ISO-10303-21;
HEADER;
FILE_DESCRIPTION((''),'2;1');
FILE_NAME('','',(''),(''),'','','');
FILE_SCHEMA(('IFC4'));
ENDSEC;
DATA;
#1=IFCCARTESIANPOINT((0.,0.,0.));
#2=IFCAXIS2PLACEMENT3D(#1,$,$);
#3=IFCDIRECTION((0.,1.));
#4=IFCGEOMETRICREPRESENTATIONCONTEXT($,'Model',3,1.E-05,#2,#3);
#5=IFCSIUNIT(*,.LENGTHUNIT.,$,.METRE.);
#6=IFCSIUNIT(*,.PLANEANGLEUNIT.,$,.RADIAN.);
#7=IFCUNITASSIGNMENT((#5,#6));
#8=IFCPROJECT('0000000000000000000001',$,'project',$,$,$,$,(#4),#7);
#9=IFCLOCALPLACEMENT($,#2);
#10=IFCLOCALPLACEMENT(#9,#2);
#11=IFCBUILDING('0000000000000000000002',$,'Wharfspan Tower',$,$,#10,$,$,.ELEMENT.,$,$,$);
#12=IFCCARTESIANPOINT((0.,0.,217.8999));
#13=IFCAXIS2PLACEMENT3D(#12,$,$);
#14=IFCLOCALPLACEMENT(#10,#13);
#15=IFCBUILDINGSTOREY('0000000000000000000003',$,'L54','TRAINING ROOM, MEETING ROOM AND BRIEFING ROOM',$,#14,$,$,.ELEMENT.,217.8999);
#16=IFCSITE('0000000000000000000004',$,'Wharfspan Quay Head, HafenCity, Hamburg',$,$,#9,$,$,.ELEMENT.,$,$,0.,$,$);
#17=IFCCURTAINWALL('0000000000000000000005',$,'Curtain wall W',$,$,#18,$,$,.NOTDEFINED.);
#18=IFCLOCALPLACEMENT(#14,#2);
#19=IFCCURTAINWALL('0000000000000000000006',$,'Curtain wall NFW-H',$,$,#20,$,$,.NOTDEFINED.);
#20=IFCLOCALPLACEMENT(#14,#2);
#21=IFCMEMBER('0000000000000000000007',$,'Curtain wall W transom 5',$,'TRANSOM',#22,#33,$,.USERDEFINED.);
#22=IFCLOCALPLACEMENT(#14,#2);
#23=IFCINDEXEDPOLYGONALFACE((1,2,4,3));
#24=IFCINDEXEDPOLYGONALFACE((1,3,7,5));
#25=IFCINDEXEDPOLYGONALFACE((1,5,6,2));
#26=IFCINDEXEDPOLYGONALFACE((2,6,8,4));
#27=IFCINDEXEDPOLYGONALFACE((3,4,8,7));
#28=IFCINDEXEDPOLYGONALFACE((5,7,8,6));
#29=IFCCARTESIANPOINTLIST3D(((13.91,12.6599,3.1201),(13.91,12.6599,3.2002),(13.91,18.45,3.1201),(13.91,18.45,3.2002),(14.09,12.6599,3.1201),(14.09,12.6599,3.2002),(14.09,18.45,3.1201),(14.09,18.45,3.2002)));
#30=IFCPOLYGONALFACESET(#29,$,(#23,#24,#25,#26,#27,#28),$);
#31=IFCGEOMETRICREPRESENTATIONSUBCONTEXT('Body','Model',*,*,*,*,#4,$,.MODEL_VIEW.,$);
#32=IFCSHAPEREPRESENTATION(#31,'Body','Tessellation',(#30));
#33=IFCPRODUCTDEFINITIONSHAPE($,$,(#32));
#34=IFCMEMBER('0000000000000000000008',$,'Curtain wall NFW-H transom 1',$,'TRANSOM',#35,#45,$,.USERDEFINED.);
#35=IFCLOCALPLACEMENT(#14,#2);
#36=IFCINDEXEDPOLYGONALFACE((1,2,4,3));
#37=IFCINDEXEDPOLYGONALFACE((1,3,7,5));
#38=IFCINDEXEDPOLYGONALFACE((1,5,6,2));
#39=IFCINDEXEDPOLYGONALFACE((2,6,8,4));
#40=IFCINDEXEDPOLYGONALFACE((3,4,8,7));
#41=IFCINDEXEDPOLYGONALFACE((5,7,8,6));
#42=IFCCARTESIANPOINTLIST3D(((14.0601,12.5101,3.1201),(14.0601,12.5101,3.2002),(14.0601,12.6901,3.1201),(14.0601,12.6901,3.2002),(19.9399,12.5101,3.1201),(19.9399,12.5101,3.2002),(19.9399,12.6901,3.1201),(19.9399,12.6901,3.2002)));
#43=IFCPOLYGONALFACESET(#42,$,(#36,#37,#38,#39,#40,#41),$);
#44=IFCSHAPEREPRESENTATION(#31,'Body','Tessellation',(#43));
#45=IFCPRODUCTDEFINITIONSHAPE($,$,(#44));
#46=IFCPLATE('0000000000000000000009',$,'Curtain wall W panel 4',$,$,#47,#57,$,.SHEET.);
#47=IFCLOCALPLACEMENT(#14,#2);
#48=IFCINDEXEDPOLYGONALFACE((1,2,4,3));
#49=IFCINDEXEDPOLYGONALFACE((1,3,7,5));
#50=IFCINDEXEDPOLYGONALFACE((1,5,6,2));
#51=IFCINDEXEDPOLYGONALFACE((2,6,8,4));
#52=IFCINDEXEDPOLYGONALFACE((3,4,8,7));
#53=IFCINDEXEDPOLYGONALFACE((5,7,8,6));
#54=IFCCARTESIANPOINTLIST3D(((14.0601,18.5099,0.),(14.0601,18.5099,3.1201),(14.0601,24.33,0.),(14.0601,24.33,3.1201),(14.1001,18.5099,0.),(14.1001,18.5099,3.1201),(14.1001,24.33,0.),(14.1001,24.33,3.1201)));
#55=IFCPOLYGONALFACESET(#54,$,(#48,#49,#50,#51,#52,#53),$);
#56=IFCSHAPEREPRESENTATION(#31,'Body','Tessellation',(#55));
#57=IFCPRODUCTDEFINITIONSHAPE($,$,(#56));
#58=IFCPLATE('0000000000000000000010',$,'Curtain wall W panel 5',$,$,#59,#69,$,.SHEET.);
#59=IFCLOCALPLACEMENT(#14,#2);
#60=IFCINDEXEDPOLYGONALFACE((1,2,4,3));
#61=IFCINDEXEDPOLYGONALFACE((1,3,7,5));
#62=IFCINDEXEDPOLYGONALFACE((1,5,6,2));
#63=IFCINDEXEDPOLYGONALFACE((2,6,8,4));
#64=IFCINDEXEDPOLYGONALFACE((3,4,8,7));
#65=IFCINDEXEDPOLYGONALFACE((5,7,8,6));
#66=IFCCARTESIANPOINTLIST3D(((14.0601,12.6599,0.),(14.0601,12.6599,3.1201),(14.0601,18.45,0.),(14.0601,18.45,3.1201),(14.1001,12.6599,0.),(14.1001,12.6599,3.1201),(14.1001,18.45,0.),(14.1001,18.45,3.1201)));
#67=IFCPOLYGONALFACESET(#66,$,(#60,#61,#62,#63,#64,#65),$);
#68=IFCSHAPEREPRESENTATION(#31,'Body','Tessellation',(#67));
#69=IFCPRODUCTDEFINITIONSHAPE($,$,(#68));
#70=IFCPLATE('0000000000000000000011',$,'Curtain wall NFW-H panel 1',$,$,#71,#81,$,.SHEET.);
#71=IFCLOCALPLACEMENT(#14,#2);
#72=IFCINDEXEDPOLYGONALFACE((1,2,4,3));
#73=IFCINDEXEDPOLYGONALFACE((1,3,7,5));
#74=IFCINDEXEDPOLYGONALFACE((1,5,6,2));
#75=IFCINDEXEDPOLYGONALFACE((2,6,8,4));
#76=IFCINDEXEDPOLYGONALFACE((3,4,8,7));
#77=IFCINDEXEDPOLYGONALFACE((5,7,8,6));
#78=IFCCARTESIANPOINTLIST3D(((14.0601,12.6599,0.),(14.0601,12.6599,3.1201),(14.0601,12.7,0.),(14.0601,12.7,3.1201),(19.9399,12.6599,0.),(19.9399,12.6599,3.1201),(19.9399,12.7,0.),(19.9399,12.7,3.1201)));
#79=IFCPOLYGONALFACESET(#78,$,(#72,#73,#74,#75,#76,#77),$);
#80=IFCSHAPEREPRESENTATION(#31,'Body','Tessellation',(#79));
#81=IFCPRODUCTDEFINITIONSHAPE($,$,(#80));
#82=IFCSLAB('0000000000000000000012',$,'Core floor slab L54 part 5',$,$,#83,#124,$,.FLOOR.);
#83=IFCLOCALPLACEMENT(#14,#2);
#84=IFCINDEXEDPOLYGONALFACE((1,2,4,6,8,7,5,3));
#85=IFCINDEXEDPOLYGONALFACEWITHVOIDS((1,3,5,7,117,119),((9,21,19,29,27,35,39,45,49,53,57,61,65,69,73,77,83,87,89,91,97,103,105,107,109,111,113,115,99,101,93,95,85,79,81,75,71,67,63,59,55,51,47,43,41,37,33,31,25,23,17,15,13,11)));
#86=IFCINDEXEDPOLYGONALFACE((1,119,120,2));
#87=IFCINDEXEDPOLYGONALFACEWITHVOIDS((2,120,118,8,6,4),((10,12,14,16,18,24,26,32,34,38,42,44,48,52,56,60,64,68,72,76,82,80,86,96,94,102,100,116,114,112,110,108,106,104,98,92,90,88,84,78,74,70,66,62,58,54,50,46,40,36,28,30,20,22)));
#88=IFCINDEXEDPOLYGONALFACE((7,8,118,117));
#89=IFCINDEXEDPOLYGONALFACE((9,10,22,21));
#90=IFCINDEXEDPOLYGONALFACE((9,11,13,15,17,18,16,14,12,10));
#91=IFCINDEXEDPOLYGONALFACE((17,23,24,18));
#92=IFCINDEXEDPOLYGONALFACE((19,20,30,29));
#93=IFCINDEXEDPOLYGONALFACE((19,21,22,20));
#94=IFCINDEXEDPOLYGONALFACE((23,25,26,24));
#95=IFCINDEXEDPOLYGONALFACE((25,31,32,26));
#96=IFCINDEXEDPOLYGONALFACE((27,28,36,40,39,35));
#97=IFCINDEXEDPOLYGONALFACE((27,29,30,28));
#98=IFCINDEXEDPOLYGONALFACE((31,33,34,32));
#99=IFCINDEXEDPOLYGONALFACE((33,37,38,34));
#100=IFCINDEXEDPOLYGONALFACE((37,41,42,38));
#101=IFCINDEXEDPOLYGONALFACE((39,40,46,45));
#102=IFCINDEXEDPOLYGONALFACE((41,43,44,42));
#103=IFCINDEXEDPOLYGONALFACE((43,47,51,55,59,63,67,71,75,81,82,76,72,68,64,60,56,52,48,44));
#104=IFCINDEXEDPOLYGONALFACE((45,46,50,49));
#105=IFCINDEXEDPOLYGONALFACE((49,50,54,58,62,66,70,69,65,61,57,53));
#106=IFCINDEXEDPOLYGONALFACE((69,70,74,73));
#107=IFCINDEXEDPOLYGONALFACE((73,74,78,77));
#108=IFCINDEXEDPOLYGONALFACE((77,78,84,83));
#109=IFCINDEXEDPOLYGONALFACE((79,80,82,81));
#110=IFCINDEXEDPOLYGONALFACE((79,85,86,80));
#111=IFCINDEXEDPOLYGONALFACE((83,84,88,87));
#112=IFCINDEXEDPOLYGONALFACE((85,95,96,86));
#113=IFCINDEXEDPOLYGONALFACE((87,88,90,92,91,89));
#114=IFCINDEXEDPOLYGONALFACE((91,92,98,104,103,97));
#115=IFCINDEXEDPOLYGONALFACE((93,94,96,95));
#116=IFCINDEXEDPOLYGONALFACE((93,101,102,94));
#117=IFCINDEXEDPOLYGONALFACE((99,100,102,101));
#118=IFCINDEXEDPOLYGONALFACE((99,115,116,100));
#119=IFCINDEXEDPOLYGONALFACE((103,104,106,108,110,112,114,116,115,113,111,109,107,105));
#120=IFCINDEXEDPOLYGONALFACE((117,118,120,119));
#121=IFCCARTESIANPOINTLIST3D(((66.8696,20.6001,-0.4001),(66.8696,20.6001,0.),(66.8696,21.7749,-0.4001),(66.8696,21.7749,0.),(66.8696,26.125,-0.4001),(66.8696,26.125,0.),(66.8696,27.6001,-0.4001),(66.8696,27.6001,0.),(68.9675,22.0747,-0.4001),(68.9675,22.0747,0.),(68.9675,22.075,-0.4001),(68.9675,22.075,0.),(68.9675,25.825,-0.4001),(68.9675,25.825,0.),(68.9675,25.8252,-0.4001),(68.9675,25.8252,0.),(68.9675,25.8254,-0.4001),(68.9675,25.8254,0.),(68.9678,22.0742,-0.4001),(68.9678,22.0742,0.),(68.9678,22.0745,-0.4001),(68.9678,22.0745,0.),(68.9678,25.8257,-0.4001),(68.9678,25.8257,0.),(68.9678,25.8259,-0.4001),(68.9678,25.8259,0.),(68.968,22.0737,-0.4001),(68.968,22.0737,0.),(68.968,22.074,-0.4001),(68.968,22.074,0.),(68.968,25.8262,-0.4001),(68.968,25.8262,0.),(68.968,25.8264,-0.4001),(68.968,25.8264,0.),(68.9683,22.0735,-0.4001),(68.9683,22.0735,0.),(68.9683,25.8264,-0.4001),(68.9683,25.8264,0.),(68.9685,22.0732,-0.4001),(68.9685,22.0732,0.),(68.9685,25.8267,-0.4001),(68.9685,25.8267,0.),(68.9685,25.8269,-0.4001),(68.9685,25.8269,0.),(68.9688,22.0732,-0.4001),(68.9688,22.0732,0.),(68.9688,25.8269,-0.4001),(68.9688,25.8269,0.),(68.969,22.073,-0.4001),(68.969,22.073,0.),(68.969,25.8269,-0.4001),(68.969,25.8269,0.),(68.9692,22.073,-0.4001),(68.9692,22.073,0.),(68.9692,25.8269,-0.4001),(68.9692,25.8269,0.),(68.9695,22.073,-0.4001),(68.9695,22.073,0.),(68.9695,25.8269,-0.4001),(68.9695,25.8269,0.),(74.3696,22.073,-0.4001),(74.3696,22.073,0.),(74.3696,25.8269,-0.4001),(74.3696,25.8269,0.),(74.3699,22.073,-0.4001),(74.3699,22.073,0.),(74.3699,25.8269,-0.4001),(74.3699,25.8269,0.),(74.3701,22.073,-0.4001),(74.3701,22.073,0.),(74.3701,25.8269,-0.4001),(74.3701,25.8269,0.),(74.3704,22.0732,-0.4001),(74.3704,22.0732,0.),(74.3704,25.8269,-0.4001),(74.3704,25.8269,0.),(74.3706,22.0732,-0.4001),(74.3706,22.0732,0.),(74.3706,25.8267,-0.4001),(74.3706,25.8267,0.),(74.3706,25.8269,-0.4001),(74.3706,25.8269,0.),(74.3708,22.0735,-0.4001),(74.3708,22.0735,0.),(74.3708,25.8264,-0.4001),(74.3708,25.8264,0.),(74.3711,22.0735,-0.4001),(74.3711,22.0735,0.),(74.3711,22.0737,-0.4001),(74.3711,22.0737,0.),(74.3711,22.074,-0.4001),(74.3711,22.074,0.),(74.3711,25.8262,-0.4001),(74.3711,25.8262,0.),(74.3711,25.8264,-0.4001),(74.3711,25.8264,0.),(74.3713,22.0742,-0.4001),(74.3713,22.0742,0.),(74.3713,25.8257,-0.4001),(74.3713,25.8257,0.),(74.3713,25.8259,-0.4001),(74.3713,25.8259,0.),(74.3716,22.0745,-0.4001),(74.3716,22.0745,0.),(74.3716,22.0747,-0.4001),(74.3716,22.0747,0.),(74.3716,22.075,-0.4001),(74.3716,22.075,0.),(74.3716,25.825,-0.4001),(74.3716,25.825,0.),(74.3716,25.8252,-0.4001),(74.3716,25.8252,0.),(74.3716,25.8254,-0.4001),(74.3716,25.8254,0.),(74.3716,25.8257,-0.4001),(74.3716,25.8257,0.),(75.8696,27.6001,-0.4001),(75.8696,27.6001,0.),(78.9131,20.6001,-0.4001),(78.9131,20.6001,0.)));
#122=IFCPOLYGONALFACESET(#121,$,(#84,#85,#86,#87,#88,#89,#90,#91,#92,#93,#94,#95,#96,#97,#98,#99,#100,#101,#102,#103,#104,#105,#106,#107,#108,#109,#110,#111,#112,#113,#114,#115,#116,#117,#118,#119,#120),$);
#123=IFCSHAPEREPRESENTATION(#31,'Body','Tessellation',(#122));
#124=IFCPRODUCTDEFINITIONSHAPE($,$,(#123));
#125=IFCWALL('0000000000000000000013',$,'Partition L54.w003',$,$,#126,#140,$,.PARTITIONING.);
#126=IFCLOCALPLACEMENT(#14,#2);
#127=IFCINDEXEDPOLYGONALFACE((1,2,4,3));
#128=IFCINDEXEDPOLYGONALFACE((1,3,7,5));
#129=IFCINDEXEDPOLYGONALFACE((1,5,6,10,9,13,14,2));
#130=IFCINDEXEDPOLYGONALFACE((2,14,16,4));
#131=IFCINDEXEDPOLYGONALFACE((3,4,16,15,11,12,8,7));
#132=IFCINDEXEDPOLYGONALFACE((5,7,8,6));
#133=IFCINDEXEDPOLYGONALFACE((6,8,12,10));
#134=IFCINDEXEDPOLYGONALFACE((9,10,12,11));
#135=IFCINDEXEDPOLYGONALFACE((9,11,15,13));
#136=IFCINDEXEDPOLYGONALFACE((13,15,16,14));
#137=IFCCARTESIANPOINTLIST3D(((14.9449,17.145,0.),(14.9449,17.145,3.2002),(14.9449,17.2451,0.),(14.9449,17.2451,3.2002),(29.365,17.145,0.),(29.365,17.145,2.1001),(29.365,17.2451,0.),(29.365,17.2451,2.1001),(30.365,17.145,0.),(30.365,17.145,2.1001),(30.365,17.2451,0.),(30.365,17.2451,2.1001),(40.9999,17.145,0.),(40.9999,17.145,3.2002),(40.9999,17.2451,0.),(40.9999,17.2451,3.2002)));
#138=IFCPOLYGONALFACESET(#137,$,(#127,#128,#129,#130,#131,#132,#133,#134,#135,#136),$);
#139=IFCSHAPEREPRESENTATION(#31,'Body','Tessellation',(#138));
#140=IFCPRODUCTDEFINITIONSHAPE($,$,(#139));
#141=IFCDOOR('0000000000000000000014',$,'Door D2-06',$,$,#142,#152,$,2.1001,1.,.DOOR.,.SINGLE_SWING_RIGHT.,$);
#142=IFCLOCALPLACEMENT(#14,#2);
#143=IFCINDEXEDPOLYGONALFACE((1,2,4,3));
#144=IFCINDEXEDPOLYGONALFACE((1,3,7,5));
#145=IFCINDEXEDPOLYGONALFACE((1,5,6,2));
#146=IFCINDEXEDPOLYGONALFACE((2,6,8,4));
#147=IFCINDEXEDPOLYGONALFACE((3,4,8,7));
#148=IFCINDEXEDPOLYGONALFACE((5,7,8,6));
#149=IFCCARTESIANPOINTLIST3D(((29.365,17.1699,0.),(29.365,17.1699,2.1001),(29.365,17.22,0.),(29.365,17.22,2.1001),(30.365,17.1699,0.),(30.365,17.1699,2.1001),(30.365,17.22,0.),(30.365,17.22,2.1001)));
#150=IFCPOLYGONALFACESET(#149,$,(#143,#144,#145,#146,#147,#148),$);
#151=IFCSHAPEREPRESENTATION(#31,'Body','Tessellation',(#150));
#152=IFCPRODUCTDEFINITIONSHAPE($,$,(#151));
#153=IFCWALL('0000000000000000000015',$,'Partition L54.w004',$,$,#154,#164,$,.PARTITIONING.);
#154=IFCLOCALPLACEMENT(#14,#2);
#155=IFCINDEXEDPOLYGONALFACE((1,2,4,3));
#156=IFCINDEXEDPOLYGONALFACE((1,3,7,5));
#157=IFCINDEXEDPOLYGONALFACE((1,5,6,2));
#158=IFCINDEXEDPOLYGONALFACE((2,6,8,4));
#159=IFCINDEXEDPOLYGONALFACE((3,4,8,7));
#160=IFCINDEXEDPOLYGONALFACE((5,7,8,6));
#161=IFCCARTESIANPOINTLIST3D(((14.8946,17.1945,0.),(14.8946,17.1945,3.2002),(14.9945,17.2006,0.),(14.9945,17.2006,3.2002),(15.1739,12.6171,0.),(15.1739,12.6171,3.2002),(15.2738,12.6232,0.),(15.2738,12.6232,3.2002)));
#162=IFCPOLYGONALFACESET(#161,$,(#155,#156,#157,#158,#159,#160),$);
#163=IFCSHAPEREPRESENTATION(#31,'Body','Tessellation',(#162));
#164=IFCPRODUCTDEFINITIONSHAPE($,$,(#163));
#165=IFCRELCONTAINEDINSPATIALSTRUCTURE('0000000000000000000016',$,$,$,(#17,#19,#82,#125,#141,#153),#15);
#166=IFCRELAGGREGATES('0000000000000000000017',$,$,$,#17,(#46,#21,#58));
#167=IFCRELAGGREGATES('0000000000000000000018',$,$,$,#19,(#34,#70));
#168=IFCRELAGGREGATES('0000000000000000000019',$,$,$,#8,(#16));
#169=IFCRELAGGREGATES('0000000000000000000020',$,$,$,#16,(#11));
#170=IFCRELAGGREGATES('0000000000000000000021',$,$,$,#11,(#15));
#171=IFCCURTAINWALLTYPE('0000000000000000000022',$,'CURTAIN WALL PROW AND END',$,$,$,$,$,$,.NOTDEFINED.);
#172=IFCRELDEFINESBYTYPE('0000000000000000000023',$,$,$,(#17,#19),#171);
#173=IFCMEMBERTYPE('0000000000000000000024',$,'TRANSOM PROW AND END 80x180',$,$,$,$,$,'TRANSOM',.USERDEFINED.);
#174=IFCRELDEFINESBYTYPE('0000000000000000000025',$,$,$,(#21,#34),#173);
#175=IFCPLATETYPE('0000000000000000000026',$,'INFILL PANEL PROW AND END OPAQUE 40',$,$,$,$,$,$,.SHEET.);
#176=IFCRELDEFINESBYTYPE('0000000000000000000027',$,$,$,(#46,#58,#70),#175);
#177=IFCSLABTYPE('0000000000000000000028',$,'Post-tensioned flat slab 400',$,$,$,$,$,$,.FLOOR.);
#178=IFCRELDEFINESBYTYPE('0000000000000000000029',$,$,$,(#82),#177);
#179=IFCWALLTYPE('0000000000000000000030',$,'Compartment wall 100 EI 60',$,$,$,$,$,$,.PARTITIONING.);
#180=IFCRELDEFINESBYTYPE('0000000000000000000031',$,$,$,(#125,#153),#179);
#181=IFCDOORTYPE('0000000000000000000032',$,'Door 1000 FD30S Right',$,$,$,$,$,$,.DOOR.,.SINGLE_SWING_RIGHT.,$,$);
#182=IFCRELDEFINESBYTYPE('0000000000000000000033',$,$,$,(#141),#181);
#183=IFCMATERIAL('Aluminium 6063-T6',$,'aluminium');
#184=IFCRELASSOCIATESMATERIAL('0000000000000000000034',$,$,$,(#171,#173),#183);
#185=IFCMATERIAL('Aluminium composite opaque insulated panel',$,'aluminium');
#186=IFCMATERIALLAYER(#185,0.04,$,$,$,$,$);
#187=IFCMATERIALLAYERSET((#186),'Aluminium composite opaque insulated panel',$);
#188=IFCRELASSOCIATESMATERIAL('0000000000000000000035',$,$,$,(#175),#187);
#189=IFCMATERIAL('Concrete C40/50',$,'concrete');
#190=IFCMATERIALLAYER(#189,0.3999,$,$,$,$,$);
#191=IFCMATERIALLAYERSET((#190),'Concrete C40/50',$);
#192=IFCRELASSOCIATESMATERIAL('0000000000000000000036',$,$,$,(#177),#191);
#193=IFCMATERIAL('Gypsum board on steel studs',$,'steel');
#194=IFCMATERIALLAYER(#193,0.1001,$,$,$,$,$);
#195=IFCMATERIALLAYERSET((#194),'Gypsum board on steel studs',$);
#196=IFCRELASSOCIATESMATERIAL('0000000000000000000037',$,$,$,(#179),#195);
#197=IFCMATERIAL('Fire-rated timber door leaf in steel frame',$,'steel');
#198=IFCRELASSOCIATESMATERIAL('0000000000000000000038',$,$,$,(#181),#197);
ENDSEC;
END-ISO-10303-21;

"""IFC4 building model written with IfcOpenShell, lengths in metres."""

from ifc_helpers import new_model, si_unit, direction, frame, frame_2d, origin, origin_2d, place, context, subcontext, project, spatial, polyline, rectangle, outline, extrude, material, layer, layer_set, material_profile, profile_set, type_object, element, fill, aggregate, save


model = new_model("IFC4")

# Units and contexts
model_context = context("Model", 3, precision=1e-05, world=origin(), true_north=direction((0.0, 1.0)))
body_context = subcontext(model_context, "Body", "Model", "MODEL_VIEW")
ifc_project = project(units=[si_unit("LENGTHUNIT", "METRE"), si_unit("PLANEANGLEUNIT", "RADIAN")], contexts=[model_context])

# Site, building, storey
site_placement = place(None, origin())
site = spatial("IfcSite", under=ifc_project, at=site_placement, Name="Wharfspan Quay Head, HafenCity, Hamburg", CompositionType="ELEMENT", RefElevation=0.0)
building_placement = place(site_placement, origin())
building = spatial("IfcBuilding", under=site, at=building_placement, Name="Wharfspan Tower", CompositionType="ELEMENT")
storey_placement = place(building_placement, frame((0.0, 0.0, 217.8999)))
storey = spatial("IfcBuildingStorey", under=building, at=storey_placement, Name="L54", Description="TRAINING ROOM, MEETING ROOM AND BRIEFING ROOM", CompositionType="ELEMENT", Elevation=217.8999)

# Curtain walls
ifc_material_1 = material(Name="Aluminium 6063-T6", Category="aluminium")
curtain_wall_type = type_object("IfcCurtainWallType", Name="CURTAIN WALL PROW AND END", PredefinedType="NOTDEFINED", material=ifc_material_1)
curtain_wall_1_placement = place(storey_placement, origin())
curtain_wall_1 = element("IfcCurtainWall", 1, at=curtain_wall_1_placement, inside=storey, type_object=curtain_wall_type, Name="Curtain wall W", PredefinedType="NOTDEFINED")
curtain_wall_2_placement = place(storey_placement, origin())
curtain_wall_2 = element("IfcCurtainWall", 2, at=curtain_wall_2_placement, inside=storey, type_object=curtain_wall_type, Name="Curtain wall NFW-H", PredefinedType="NOTDEFINED")

# Members
ifc_material_profile_1 = material_profile(ifc_material_1, rectangle(XDim=0.1799, YDim=0.0801, at=origin_2d()))
ifc_profile_set_1 = profile_set([ifc_material_profile_1], Name="Aluminium 6063-T6")
member_type_1 = type_object("IfcMemberType", Name="TRANSOM PROW AND END 80x180", ElementType="TRANSOM", PredefinedType="USERDEFINED", material=ifc_profile_set_1)
member_1_placement = place(storey_placement, frame((14.0, 18.45, 3.1602), z_axis=(0.0, -1.0, 0.0), x_axis=(1.0, 0.0, 0.0)))
member_1 = element("IfcMember", 3, at=member_1_placement, type_object=member_type_1, Name="Curtain wall W transom 5", ObjectType="TRANSOM", PredefinedType="USERDEFINED", context=body_context, shape_type="SweptSolid", body=[
    extrude(rectangle(XDim=0.1799, YDim=0.0801, at=origin_2d()), origin(), (0.0, 0.0, 1.0), 5.79),
])
member_2_placement = place(storey_placement, frame((14.0601, 12.6001, 3.1602), z_axis=(1.0, 0.0, 0.0), x_axis=(0.0, 1.0, 0.0)))
member_2 = element("IfcMember", 4, at=member_2_placement, type_object=member_type_1, Name="Curtain wall NFW-H transom 1", ObjectType="TRANSOM", PredefinedType="USERDEFINED", context=body_context, shape_type="SweptSolid", body=[
    extrude(rectangle(XDim=0.1799, YDim=0.0801, at=origin_2d()), origin(), (0.0, 0.0, 1.0), 5.8799),
])

# Plates
ifc_material_2 = material(Name="Aluminium composite opaque insulated panel", Category="aluminium")
ifc_layer_1 = layer(ifc_material_2, 0.04)
ifc_layer_set_1 = layer_set([ifc_layer_1], Name="Aluminium composite opaque insulated panel")
plate_type = type_object("IfcPlateType", Name="INFILL PANEL PROW AND END OPAQUE 40", PredefinedType="SHEET", material=ifc_layer_set_1)
plate_1_placement = place(storey_placement, frame((14.0801, 21.4199, 0.0), z_axis=(0.0, 0.0, 1.0), x_axis=(0.0, -1.0, 0.0)))
plate_1 = element("IfcPlate", 5, at=plate_1_placement, type_object=plate_type, Name="Curtain wall W panel 4", PredefinedType="SHEET", context=body_context, shape_type="SweptSolid", body=[
    extrude(rectangle(XDim=5.8201, YDim=0.04, at=origin_2d()), origin(), (0.0, 0.0, 1.0), 3.1201),
])
plate_2_placement = place(storey_placement, frame((14.0801, 15.5549, 0.0), z_axis=(0.0, 0.0, 1.0), x_axis=(0.0, -1.0, 0.0)))
plate_2 = element("IfcPlate", 6, at=plate_2_placement, type_object=plate_type, Name="Curtain wall W panel 5", PredefinedType="SHEET", context=body_context, shape_type="SweptSolid", body=[
    extrude(rectangle(XDim=5.79, YDim=0.04, at=origin_2d()), origin(), (0.0, 0.0, 1.0), 3.1201),
])
aggregate(curtain_wall_1, [plate_1, member_1, plate_2])
plate_3_placement = place(storey_placement, frame((17.0, 12.6799, 0.0), z_axis=(0.0, 0.0, 1.0), x_axis=(1.0, 0.0, 0.0)))
plate_3 = element("IfcPlate", 7, at=plate_3_placement, type_object=plate_type, Name="Curtain wall NFW-H panel 1", PredefinedType="SHEET", context=body_context, shape_type="SweptSolid", body=[
    extrude(rectangle(XDim=5.8799, YDim=0.04, at=origin_2d()), origin(), (0.0, 0.0, 1.0), 3.1201),
])
aggregate(curtain_wall_2, [member_2, plate_3])

# Slab
ifc_material_3 = material(Name="Concrete C40/50", Category="concrete")
ifc_layer_2 = layer(ifc_material_3, 0.3999)
ifc_layer_set_2 = layer_set([ifc_layer_2], Name="Concrete C40/50")
slab_type = type_object("IfcSlabType", Name="Post-tensioned flat slab 400", PredefinedType="FLOOR", material=ifc_layer_set_2)
slab_placement = place(storey_placement, frame((0.0, 0.0, -0.4001)))
element("IfcSlab", 8, at=slab_placement, inside=storey, type_object=slab_type, Name="Core floor slab L54 part 5", PredefinedType="FLOOR", context=body_context, shape_type="SweptSolid", body=[
    extrude(outline(polyline([(75.8696, 27.6001), (66.8696, 27.6001), (66.8696, 26.125), (66.8696, 21.7749), (66.8696, 20.6001), (78.9131, 20.6001), (75.8696, 27.6001)]), holes=[polyline([(68.9675, 25.825), (68.9675, 25.8252), (68.9675, 25.8254), (68.9678, 25.8257), (68.9678, 25.8257), (68.9678, 25.8259), (68.968, 25.8262), (68.968, 25.8264), (68.9683, 25.8264), (68.9683, 25.8264), (68.9685, 25.8267), (68.9685, 25.8269), (68.9688, 25.8269), (68.969, 25.8269), (68.9692, 25.8269), (68.9695, 25.8269), (68.9695, 25.8269), (74.3696, 25.8269), (74.3699, 25.8269), (74.3701, 25.8269), (74.3701, 25.8269), (74.3704, 25.8269), (74.3706, 25.8269), (74.3706, 25.8267), (74.3709, 25.8264), (74.3711, 25.8264), (74.3711, 25.8264), (74.3711, 25.8262), (74.3713, 25.8259), (74.3713, 25.8257), (74.3716, 25.8257), (74.3716, 25.8254), (74.3716, 25.8252), (74.3716, 25.825), (74.3716, 22.075), (74.3716, 22.0747), (74.3716, 22.0747), (74.3716, 22.0745), (74.3713, 22.0742), (74.3713, 22.0742), (74.3711, 22.074), (74.3711, 22.0737), (74.3711, 22.0735), (74.3709, 22.0735), (74.3706, 22.0732), (74.3706, 22.0732), (74.3704, 22.0732), (74.3701, 22.073), (74.3701, 22.073), (74.3699, 22.073), (74.3696, 22.073), (68.9695, 22.073), (68.9695, 22.073), (68.9692, 22.073), (68.969, 22.073), (68.9688, 22.0732), (68.9685, 22.0732), (68.9685, 22.0732), (68.9683, 22.0735), (68.9683, 22.0735), (68.968, 22.0737), (68.968, 22.074), (68.9678, 22.0742), (68.9678, 22.0742), (68.9678, 22.0745), (68.9675, 22.0747), (68.9675, 22.0747), (68.9675, 22.075), (68.9675, 25.825)])]), origin(), (0.0, 0.0, 1.0), 0.4001),
])

# Wall, opening, door
ifc_material_4 = material(Name="Gypsum board on steel studs", Category="steel")
ifc_layer_3 = layer(ifc_material_4, 0.1001)
ifc_layer_set_3 = layer_set([ifc_layer_3], Name="Gypsum board on steel studs")
wall_type_1 = type_object("IfcWallType", Name="Compartment wall 100 EI 60", PredefinedType="PARTITIONING", material=ifc_layer_set_3)
wall_1_placement = place(storey_placement, frame((14.9451, 17.1951, 0.0), z_axis=(0.0, 0.0, 1.0), x_axis=(1.0, 0.0, 0.0)))
wall_1 = element("IfcWall", 9, at=wall_1_placement, inside=storey, type_object=wall_type_1, Name="Partition L54.w003", PredefinedType="PARTITIONING", context=body_context, shape_type="SweptSolid", body=[
    extrude(rectangle(XDim=26.0549, YDim=0.1001, at=frame_2d((13.0273, 0.0))), origin(), (0.0, 0.0, 1.0), 3.2002),
])
opening_placement = place(wall_1_placement, frame((14.4199, 0.0, 0.0)))
opening = element("IfcOpeningElement", 10, at=opening_placement, cuts=wall_1, PredefinedType="OPENING", context=body_context, shape_type="SweptSolid", body=[
    extrude(rectangle(XDim=1.0, YDim=2.1001, at=frame_2d((0.5, 1.05))), frame((0.0, 0.0601, 0.0), z_axis=(0.0, -1.0, 0.0), x_axis=(1.0, 0.0, 0.0)), (0.0, 0.0, 1.0), 0.1201),
])
ifc_material_5 = material(Name="Fire-rated timber door leaf in steel frame", Category="steel")
door_type = type_object("IfcDoorType", Name="Door 1000 FD30S Right", OperationType="SINGLE_SWING_RIGHT", PredefinedType="DOOR", material=ifc_material_5)
door_placement = place(opening_placement, origin())
door = element("IfcDoor", 11, at=door_placement, inside=storey, type_object=door_type, Name="Door D2-06", OperationType="SINGLE_SWING_RIGHT", OverallHeight=2.1001, OverallWidth=1.0, PredefinedType="DOOR", context=body_context, shape_type="SweptSolid", body=[
    extrude(rectangle(XDim=1.0, YDim=2.1001, at=frame_2d((0.5, 1.05))), frame((0.0, 0.0249, 0.0), z_axis=(0.0, -1.0, 0.0), x_axis=(1.0, 0.0, 0.0)), (0.0, 0.0, 1.0), 0.05),
])
fill(opening, door)

# Wall
wall_2_placement = place(storey_placement, frame((15.2239, 12.6201, 0.0), z_axis=(0.0, 0.0, 1.0), x_axis=(-0.060903, 0.99814, 0.0)))
element("IfcWall", 12, at=wall_2_placement, inside=storey, type_object=wall_type_1, Name="Partition L54.w004", PredefinedType="PARTITIONING", context=body_context, shape_type="SweptSolid", body=[
    extrude(rectangle(XDim=4.5859, YDim=0.1001, at=frame_2d((2.293, 0.0))), origin(), (0.0, 0.0, 1.0), 3.2002),
])

save(model, "model.ifc")
